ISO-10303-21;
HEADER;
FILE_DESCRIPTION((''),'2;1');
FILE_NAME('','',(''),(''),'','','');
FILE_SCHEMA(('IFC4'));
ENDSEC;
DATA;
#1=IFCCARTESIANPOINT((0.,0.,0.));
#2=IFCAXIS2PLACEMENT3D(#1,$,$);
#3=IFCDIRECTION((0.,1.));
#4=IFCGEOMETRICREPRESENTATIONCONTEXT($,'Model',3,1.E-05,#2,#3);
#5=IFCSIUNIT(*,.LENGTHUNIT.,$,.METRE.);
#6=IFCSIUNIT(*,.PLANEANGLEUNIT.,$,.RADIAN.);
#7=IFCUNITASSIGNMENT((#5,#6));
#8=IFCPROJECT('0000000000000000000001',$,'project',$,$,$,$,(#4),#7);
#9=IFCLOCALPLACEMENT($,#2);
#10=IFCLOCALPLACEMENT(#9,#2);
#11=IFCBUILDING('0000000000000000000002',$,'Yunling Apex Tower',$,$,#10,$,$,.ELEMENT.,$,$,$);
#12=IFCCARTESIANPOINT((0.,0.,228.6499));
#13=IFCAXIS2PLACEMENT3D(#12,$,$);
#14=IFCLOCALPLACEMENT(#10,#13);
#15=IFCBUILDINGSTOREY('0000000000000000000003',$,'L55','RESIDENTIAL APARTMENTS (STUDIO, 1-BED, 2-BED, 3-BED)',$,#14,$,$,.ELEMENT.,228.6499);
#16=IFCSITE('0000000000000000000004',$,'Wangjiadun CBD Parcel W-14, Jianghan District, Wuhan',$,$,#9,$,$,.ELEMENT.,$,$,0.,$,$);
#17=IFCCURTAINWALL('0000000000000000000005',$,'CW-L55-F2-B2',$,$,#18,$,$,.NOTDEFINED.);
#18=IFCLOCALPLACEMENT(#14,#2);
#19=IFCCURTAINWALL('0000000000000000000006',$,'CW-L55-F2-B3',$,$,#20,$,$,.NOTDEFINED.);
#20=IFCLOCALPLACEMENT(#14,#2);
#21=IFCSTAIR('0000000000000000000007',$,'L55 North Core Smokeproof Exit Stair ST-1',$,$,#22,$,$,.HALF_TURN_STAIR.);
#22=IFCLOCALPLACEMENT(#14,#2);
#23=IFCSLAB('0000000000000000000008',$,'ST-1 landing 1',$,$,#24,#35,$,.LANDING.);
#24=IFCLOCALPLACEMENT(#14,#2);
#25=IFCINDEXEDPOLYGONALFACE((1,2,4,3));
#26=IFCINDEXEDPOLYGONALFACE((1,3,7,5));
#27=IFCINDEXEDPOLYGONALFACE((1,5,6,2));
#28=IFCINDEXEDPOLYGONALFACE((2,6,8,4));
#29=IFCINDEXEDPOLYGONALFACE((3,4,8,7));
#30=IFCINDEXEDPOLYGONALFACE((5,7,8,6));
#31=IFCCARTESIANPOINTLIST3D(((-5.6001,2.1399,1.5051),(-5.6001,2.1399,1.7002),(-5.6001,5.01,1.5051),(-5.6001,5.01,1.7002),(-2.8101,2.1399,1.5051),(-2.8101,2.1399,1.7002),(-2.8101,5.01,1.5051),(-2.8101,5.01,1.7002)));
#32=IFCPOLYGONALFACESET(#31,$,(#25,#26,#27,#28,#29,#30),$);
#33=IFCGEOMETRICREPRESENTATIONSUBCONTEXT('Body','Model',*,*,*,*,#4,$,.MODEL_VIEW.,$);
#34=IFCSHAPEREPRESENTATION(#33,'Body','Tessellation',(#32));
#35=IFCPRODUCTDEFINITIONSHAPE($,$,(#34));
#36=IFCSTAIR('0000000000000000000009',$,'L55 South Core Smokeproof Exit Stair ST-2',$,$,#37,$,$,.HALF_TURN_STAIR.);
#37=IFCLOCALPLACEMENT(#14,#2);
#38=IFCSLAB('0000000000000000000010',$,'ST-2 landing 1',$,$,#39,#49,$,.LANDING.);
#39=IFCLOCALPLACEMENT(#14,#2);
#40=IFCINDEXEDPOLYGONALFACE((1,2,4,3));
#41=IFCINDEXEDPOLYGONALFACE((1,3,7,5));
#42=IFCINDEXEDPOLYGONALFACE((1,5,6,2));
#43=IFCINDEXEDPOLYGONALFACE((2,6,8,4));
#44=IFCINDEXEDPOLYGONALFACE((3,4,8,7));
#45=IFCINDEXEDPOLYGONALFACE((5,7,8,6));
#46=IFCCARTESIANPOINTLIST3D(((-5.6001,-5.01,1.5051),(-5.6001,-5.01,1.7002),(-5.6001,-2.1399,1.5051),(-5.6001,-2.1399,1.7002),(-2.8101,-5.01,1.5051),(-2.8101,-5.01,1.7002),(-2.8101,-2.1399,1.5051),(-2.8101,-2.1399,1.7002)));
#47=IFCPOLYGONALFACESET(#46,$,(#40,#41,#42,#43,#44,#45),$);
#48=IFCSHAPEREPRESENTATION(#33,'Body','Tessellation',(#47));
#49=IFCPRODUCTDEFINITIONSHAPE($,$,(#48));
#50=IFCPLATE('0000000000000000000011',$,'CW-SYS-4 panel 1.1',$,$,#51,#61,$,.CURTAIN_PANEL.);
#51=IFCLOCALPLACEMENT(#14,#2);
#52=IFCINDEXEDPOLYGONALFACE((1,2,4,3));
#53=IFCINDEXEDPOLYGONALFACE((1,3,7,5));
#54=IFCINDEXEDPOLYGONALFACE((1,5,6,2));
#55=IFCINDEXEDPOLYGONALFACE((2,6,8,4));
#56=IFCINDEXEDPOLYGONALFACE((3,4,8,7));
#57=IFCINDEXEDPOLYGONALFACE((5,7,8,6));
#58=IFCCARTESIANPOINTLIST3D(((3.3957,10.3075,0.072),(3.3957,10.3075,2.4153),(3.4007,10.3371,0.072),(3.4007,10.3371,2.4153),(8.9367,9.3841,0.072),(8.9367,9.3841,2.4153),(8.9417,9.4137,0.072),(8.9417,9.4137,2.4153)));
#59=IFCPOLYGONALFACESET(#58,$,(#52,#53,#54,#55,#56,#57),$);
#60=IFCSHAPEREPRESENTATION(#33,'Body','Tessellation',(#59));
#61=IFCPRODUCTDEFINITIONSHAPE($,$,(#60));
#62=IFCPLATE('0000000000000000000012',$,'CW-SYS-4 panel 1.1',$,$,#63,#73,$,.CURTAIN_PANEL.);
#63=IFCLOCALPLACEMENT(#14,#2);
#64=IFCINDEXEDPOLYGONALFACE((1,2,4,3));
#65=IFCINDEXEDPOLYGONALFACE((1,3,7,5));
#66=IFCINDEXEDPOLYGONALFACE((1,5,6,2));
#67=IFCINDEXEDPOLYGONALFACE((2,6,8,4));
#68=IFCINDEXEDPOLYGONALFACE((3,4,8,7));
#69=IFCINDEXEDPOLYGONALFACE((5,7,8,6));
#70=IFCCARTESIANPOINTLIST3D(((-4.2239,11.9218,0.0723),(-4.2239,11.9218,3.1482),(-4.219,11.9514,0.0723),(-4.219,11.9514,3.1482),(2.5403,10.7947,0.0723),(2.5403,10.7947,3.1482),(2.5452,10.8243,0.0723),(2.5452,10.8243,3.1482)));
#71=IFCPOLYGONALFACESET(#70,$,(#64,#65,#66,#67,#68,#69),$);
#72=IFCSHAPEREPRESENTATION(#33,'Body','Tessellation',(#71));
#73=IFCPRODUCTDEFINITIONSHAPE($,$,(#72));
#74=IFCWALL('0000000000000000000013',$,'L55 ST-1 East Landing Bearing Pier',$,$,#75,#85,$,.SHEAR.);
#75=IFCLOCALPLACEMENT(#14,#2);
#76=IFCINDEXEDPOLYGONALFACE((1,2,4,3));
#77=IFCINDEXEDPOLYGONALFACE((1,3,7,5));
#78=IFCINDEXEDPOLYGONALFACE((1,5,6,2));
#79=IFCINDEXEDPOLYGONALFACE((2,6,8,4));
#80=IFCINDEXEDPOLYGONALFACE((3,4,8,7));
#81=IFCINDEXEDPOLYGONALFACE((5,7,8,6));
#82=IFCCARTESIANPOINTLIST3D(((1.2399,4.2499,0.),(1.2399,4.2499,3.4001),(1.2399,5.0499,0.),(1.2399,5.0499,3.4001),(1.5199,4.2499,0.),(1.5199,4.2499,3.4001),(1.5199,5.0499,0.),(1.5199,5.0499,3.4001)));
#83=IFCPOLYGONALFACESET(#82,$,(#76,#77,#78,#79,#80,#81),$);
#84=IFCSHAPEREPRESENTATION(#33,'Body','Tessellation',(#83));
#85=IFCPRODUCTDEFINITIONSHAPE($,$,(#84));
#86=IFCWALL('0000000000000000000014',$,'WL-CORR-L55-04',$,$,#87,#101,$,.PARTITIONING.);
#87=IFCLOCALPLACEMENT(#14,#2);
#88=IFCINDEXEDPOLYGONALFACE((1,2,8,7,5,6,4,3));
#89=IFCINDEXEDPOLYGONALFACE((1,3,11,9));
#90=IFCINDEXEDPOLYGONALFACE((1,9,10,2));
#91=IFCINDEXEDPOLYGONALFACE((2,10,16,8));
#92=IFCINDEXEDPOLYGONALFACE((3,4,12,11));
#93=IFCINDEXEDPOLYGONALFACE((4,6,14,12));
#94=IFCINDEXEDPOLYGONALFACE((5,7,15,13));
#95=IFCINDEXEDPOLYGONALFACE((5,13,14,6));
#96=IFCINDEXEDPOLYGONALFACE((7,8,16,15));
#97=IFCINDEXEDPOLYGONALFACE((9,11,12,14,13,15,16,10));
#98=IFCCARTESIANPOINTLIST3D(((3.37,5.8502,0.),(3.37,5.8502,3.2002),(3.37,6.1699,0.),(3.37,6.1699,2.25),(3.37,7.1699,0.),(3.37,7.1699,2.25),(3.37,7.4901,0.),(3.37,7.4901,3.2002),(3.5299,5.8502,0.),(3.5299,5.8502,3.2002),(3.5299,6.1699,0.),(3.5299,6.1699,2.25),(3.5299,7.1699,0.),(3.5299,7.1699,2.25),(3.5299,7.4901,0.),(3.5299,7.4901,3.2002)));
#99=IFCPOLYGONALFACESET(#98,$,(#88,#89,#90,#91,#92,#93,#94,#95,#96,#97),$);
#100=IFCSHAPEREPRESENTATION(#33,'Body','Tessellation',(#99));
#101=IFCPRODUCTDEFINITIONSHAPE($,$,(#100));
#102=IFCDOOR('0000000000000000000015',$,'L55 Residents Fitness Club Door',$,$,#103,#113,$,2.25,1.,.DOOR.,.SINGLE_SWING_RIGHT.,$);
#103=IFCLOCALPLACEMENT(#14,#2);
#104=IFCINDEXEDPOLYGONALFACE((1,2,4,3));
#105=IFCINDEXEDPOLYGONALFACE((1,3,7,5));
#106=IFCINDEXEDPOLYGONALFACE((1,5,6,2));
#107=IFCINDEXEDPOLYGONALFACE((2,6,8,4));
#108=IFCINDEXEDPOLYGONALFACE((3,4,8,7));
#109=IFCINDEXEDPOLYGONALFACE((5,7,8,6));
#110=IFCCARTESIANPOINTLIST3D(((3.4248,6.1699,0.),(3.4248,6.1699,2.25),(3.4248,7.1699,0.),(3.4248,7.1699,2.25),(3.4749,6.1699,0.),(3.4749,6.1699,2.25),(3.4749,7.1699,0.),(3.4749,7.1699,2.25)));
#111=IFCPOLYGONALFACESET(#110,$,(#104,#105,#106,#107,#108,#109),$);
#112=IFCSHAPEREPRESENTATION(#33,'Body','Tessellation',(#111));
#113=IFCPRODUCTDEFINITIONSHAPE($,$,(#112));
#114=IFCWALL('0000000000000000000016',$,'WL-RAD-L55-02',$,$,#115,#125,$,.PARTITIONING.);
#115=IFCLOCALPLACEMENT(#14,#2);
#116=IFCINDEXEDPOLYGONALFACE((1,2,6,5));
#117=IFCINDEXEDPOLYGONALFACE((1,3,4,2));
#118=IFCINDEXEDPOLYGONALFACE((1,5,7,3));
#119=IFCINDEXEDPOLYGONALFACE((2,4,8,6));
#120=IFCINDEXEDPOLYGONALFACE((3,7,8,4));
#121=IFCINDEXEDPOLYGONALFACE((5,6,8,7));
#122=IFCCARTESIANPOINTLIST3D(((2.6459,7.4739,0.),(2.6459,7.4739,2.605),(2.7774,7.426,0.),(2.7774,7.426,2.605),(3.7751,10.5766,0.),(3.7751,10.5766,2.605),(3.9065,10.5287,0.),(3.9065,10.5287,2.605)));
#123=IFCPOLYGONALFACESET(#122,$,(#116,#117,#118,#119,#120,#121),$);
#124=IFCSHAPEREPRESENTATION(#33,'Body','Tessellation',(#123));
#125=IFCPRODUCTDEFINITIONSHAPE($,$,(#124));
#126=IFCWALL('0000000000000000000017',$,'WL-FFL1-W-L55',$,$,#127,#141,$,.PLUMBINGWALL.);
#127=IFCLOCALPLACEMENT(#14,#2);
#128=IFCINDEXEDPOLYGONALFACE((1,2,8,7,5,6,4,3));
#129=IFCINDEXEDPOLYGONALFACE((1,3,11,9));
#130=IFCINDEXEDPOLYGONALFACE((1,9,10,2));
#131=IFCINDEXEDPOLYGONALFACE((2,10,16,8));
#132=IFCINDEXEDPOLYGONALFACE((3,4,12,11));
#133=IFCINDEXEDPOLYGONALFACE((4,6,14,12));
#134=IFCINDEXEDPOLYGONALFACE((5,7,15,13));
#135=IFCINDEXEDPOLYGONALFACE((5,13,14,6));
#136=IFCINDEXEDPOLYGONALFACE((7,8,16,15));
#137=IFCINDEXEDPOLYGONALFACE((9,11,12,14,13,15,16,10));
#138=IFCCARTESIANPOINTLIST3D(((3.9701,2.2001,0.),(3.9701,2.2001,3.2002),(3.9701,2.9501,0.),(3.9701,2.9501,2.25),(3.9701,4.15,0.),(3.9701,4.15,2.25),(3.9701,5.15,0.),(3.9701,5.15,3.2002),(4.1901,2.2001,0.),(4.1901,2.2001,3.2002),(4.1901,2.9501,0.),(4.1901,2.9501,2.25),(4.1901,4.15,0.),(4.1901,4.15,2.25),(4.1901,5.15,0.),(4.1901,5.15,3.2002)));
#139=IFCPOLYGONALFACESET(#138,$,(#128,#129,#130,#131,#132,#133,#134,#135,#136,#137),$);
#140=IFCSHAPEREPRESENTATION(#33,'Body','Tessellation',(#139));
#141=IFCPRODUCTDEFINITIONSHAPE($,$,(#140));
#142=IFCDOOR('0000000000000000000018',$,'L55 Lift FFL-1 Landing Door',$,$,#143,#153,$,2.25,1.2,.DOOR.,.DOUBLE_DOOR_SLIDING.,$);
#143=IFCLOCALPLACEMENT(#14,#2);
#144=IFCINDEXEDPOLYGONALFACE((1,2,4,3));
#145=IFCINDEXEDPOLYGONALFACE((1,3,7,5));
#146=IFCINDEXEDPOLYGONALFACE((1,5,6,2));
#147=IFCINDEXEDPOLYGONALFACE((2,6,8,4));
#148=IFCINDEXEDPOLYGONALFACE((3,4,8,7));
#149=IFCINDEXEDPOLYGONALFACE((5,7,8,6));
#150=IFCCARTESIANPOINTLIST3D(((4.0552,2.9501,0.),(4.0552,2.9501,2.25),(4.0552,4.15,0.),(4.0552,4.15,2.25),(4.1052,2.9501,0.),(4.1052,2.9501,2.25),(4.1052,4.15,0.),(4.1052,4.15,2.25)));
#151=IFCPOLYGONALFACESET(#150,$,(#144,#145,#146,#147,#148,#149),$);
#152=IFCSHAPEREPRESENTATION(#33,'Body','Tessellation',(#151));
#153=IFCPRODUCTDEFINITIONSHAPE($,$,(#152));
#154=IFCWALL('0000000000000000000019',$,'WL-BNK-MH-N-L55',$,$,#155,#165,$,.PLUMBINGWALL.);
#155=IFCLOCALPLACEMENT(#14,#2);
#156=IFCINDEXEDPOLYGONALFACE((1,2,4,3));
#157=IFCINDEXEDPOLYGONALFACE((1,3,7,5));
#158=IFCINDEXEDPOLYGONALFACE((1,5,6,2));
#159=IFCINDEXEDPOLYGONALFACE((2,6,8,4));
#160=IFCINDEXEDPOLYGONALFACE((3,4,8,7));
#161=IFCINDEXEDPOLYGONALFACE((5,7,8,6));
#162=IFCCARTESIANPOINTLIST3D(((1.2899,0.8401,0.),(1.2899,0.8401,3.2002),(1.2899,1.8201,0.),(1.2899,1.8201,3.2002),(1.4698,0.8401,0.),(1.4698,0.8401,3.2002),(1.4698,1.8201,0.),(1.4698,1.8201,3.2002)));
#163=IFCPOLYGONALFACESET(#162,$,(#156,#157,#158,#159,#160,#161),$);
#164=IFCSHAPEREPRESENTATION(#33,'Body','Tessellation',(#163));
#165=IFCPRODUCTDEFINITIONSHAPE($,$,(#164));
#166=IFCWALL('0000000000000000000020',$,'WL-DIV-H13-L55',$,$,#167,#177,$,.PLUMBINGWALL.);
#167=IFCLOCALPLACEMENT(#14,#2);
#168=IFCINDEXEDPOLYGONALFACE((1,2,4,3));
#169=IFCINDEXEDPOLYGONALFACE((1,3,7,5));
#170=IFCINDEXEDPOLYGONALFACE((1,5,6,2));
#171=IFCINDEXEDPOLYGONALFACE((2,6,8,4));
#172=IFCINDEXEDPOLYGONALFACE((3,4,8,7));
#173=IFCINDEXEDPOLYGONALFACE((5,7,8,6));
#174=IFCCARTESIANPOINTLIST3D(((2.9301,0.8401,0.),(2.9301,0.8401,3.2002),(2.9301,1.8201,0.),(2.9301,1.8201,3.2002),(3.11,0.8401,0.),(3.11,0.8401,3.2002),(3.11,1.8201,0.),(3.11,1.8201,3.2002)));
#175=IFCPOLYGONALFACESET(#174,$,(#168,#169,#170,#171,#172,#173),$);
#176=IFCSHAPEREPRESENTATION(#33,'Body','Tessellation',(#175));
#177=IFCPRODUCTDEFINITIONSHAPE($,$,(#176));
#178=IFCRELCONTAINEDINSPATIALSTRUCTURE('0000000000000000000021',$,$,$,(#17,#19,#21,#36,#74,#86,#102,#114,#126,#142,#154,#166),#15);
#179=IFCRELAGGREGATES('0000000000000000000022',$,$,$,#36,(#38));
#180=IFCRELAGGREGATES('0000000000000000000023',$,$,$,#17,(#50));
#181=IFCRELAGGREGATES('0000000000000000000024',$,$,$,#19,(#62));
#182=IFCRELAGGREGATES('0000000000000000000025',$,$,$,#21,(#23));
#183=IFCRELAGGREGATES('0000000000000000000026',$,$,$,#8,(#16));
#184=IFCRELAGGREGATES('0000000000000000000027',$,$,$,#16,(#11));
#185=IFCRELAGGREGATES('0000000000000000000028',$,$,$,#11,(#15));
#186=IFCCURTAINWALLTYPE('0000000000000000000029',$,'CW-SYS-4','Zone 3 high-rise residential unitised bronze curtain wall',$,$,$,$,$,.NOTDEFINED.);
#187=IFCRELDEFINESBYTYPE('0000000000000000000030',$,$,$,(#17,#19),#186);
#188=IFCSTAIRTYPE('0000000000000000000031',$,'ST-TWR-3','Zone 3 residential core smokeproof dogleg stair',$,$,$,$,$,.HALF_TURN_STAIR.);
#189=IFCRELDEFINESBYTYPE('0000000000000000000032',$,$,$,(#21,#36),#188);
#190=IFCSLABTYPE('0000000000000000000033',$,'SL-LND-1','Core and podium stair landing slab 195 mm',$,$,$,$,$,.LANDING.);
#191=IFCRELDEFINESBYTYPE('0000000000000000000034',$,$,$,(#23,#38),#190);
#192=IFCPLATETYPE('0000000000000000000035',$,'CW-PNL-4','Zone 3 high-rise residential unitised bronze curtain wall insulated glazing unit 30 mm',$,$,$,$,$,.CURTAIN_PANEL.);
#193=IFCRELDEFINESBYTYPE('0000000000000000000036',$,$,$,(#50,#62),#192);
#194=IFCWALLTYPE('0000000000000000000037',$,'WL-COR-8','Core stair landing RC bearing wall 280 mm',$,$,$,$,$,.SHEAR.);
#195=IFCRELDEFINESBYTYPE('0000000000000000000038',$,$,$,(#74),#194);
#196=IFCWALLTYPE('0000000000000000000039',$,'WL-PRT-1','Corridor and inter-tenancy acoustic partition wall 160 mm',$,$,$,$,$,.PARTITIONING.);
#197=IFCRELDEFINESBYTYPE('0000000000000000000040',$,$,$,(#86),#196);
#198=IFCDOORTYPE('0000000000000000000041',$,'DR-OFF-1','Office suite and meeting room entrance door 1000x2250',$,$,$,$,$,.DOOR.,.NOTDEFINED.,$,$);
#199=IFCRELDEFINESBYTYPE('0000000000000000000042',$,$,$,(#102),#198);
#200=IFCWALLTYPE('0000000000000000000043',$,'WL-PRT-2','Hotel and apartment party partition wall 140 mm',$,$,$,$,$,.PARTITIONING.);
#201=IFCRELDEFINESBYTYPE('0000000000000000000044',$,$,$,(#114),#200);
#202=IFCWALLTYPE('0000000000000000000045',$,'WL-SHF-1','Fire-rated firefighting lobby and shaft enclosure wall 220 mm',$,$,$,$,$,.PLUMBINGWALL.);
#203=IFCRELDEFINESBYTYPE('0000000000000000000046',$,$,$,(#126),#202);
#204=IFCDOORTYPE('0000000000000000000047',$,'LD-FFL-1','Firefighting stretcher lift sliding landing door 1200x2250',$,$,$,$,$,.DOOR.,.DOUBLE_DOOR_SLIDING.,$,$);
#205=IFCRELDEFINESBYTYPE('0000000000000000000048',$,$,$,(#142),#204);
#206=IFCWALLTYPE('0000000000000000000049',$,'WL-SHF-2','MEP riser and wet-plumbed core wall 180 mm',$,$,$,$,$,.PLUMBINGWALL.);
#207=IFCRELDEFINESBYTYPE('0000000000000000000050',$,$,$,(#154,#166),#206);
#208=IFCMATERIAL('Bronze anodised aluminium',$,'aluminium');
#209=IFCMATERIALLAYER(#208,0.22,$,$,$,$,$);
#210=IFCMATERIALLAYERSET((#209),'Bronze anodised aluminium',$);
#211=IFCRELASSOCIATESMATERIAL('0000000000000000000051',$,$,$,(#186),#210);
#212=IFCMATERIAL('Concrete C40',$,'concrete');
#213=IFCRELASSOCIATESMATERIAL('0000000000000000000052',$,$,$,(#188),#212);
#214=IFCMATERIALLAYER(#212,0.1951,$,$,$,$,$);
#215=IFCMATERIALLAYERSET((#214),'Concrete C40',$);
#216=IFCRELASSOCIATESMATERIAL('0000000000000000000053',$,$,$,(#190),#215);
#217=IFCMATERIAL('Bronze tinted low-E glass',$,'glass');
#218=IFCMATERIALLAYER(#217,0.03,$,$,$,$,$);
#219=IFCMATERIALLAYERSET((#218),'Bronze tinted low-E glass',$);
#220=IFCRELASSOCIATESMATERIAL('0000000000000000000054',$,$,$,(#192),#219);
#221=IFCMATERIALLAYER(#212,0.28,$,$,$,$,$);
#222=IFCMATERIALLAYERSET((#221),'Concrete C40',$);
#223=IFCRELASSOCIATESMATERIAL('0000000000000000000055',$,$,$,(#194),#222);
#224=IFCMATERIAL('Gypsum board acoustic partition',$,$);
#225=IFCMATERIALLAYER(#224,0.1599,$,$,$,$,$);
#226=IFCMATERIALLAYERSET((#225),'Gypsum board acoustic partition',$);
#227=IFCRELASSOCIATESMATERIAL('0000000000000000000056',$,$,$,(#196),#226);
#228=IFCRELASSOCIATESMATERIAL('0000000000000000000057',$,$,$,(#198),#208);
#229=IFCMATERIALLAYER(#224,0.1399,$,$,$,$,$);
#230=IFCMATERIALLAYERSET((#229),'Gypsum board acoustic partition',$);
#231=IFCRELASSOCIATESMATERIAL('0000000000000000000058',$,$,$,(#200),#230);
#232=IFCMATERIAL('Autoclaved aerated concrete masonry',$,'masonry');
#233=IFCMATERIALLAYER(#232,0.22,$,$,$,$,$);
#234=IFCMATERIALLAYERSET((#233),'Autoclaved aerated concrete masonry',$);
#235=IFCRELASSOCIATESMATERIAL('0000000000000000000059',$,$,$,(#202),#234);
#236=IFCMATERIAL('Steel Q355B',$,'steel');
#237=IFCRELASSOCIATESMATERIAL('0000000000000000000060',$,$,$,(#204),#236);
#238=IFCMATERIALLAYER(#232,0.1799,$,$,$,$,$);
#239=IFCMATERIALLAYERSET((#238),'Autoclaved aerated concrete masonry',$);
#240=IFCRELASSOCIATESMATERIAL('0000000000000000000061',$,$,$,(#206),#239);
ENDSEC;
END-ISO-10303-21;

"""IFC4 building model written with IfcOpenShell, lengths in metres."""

from ifc_helpers import new_model, si_unit, direction, frame, frame_2d, origin, origin_2d, place, context, subcontext, project, spatial, polyline, rectangle, outline, extrude, source, transform, mapped, material, layer, layer_set, type_object, element, fill, aggregate, save


model = new_model("IFC4")

# Units and contexts
model_context = context("Model", 3, precision=1e-05, world=origin(), true_north=direction((0.0, 1.0)))
body_context = subcontext(model_context, "Body", "Model", "MODEL_VIEW")
ifc_project = project(units=[si_unit("LENGTHUNIT", "METRE"), si_unit("PLANEANGLEUNIT", "RADIAN")], contexts=[model_context])

# Site, building, storey
site_placement = place(None, origin())
site = spatial("IfcSite", under=ifc_project, at=site_placement, Name="Wangjiadun CBD Parcel W-14, Jianghan District, Wuhan", CompositionType="ELEMENT", RefElevation=0.0)
building_placement = place(site_placement, origin())
building = spatial("IfcBuilding", under=site, at=building_placement, Name="Yunling Apex Tower", CompositionType="ELEMENT")
storey_placement = place(building_placement, frame((0.0, 0.0, 228.6499)))
storey = spatial("IfcBuildingStorey", under=building, at=storey_placement, Name="L55", Description="RESIDENTIAL APARTMENTS (STUDIO, 1-BED, 2-BED, 3-BED)", CompositionType="ELEMENT", Elevation=228.6499)

# Shared definitions
ifc_material_1 = material(Name="Steel Q355B", Category="steel")

# Curtain wall
ifc_material_2 = material(Name="Bronze anodised aluminium", Category="aluminium")
ifc_layer_1 = layer(ifc_material_2, 0.22)
ifc_layer_set_1 = layer_set([ifc_layer_1], Name="Bronze anodised aluminium")
curtain_wall_type = type_object("IfcCurtainWallType", Name="CW-SYS-4", Description="Zone 3 high-rise residential unitised bronze curtain wall", PredefinedType="NOTDEFINED", material=ifc_layer_set_1)
curtain_wall_1_placement = place(storey_placement, origin())
curtain_wall_1 = element("IfcCurtainWall", 1, at=curtain_wall_1_placement, inside=storey, type_object=curtain_wall_type, Name="CW-L55-F2-B2", PredefinedType="NOTDEFINED")

# Curtain wall
curtain_wall_2_placement = place(storey_placement, origin())
curtain_wall_2 = element("IfcCurtainWall", 2, at=curtain_wall_2_placement, inside=storey, type_object=curtain_wall_type, Name="CW-L55-F2-B3", PredefinedType="NOTDEFINED")

# Shared definitions
ifc_material_3 = material(Name="Concrete C40", Category="concrete")

# Stairs, slabs
stair_type = type_object("IfcStairType", Name="ST-TWR-3", Description="Zone 3 residential core smokeproof dogleg stair", PredefinedType="HALF_TURN_STAIR", material=ifc_material_3)
stair_1_placement = place(storey_placement, origin())
stair_1 = element("IfcStair", 3, at=stair_1_placement, inside=storey, type_object=stair_type, Name="L55 North Core Smokeproof Exit Stair ST-1", PredefinedType="HALF_TURN_STAIR")
ifc_layer_2 = layer(ifc_material_3, 0.1951)
ifc_layer_set_2 = layer_set([ifc_layer_2], Name="Concrete C40")
slab_type_1 = type_object("IfcSlabType", Name="SL-LND-1", Description="Core and podium stair landing slab 195 mm", PredefinedType="LANDING", material=ifc_layer_set_2)
slab_1_placement = place(storey_placement, frame((0.0, 0.0, 1.5051)))
slab_1 = element("IfcSlab", 4, at=slab_1_placement, type_object=slab_type_1, Name="ST-1 landing 1", PredefinedType="LANDING", context=body_context, shape_type="SweptSolid", body=[
    extrude(outline(polyline([(-2.8101, 5.01), (-5.6001, 5.01), (-5.6001, 2.1399), (-2.8101, 2.1399), (-2.8101, 5.01)])), origin(), (0.0, 0.0, 1.0), 0.1951),
])
stair_2_placement = place(storey_placement, origin())
stair_2 = element("IfcStair", 5, at=stair_2_placement, inside=storey, type_object=stair_type, Name="L55 South Core Smokeproof Exit Stair ST-2", PredefinedType="HALF_TURN_STAIR")
slab_2_placement = place(storey_placement, frame((0.0, 0.0, 1.5051)))
slab_2 = element("IfcSlab", 6, at=slab_2_placement, type_object=slab_type_1, Name="ST-2 landing 1", PredefinedType="LANDING", context=body_context, shape_type="SweptSolid", body=[
    extrude(outline(polyline([(-2.8101, -2.1399), (-5.6001, -2.1399), (-5.6001, -5.01), (-2.8101, -5.01), (-2.8101, -2.1399)])), origin(), (0.0, 0.0, 1.0), 0.1951),
])
aggregate(stair_2, [slab_2])

# Plates
ifc_material_4 = material(Name="Bronze tinted low-E glass", Category="glass")
ifc_layer_3 = layer(ifc_material_4, 0.03)
ifc_layer_set_3 = layer_set([ifc_layer_3], Name="Bronze tinted low-E glass")
plate_type = type_object("IfcPlateType", Name="CW-PNL-4", Description="Zone 3 high-rise residential unitised bronze curtain wall insulated glazing unit 30 mm", PredefinedType="CURTAIN_PANEL", material=ifc_layer_set_3)
shared_shape_1 = source(origin(), body_context, "Body", "SweptSolid", [
    extrude(rectangle(XDim=5.6174, YDim=0.03, at=origin_2d()), origin(), (0.0, 0.0, 1.0), 2.3433),
])
plate_1_placement = place(storey_placement, frame((6.1687, 9.8606, 0.072), z_axis=(0.0, 0.0, 1.0), x_axis=(-0.986399, 0.164371, 0.0)))
plate_1 = element("IfcPlate", 7, at=plate_1_placement, type_object=plate_type, Name="CW-SYS-4 panel 1.1", PredefinedType="CURTAIN_PANEL", context=body_context, shape_type="MappedRepresentation", body=[
    mapped(shared_shape_1, transform((0.0, 0.0, 0.0), scale=1.0)),
])
aggregate(curtain_wall_1, [plate_1])
shared_shape_2 = source(origin(), body_context, "Body", "SweptSolid", [
    extrude(rectangle(XDim=6.8574, YDim=0.03, at=origin_2d()), origin(), (0.0, 0.0, 1.0), 3.0759),
])
plate_2_placement = place(storey_placement, frame((-0.8394, 11.373, 0.0723), z_axis=(0.0, 0.0, 1.0), x_axis=(-0.986402, 0.164353, 0.0)))
plate_2 = element("IfcPlate", 8, at=plate_2_placement, type_object=plate_type, Name="CW-SYS-4 panel 1.1", PredefinedType="CURTAIN_PANEL", context=body_context, shape_type="MappedRepresentation", body=[
    mapped(shared_shape_2, transform((0.0, 0.0, 0.0), scale=1.0)),
])
aggregate(curtain_wall_2, [plate_2])

# Wall
ifc_layer_4 = layer(ifc_material_3, 0.28)
ifc_layer_set_4 = layer_set([ifc_layer_4], Name="Concrete C40")
wall_type_1 = type_object("IfcWallType", Name="WL-COR-8", Description="Core stair landing RC bearing wall 280 mm", PredefinedType="SHEAR", material=ifc_layer_set_4)
wall_1_placement = place(storey_placement, frame((1.3799, 4.25, 0.0), z_axis=(0.0, 0.0, 1.0), x_axis=(0.0, 1.0, 0.0)))
element("IfcWall", 9, at=wall_1_placement, inside=storey, type_object=wall_type_1, Name="L55 ST-1 East Landing Bearing Pier", PredefinedType="SHEAR", context=body_context, shape_type="SweptSolid", body=[
    extrude(rectangle(XDim=0.8, YDim=0.28, at=frame_2d((0.3999, 0.0))), origin(), (0.0, 0.0, 1.0), 3.4001),
])

# Wall, opening, door
ifc_material_5 = material(Name="Gypsum board acoustic partition")
ifc_layer_5 = layer(ifc_material_5, 0.1599)
ifc_layer_set_5 = layer_set([ifc_layer_5], Name="Gypsum board acoustic partition")
wall_type_2 = type_object("IfcWallType", Name="WL-PRT-1", Description="Corridor and inter-tenancy acoustic partition wall 160 mm", PredefinedType="PARTITIONING", material=ifc_layer_set_5)
wall_2_placement = place(storey_placement, frame((3.45, 7.49, 0.0), z_axis=(0.0, 0.0, 1.0), x_axis=(0.0, -1.0, 0.0)))
wall_2 = element("IfcWall", 10, at=wall_2_placement, inside=storey, type_object=wall_type_2, Name="WL-CORR-L55-04", PredefinedType="PARTITIONING", context=body_context, shape_type="SweptSolid", body=[
    extrude(rectangle(XDim=1.6399, YDim=0.1599, at=frame_2d((0.8198, 0.0))), origin(), (0.0, 0.0, 1.0), 3.2002),
])
opening_1_placement = place(wall_2_placement, frame((0.3201, 0.0, 0.0)))
opening_1 = element("IfcOpeningElement", 11, at=opening_1_placement, cuts=wall_2, PredefinedType="OPENING", context=body_context, shape_type="SweptSolid", body=[
    extrude(rectangle(XDim=1.0, YDim=2.25, at=frame_2d((0.5, 1.125))), frame((0.0, 0.0898, 0.0), z_axis=(0.0, -1.0, 0.0), x_axis=(1.0, 0.0, 0.0)), (0.0, 0.0, 1.0), 0.1799),
])
door_type_1 = type_object("IfcDoorType", Name="DR-OFF-1", Description="Office suite and meeting room entrance door 1000x2250", OperationType="NOTDEFINED", PredefinedType="DOOR", material=ifc_material_2)
door_1_placement = place(opening_1_placement, origin())
door_1 = element("IfcDoor", 12, at=door_1_placement, inside=storey, type_object=door_type_1, Name="L55 Residents Fitness Club Door", OperationType="SINGLE_SWING_RIGHT", OverallHeight=2.25, OverallWidth=1.0, PredefinedType="DOOR", context=body_context, shape_type="SweptSolid", body=[
    extrude(rectangle(XDim=1.0, YDim=2.25, at=frame_2d((0.5, 1.125))), frame((0.0, 0.0249, 0.0), z_axis=(0.0, -1.0, 0.0), x_axis=(1.0, 0.0, 0.0)), (0.0, 0.0, 1.0), 0.05),
])
fill(opening_1, door_1)

# Wall
ifc_layer_6 = layer(ifc_material_5, 0.1399)
ifc_layer_set_6 = layer_set([ifc_layer_6], Name="Gypsum board acoustic partition")
wall_type_3 = type_object("IfcWallType", Name="WL-PRT-2", Description="Hotel and apartment party partition wall 140 mm", PredefinedType="PARTITIONING", material=ifc_layer_set_6)
wall_3_placement = place(storey_placement, frame((2.7117, 7.45, 0.0), z_axis=(0.0, 0.0, 1.0), x_axis=(0.341975, 0.939709, 0.0)))
element("IfcWall", 13, at=wall_3_placement, inside=storey, type_object=wall_type_3, Name="WL-RAD-L55-02", PredefinedType="PARTITIONING", context=body_context, shape_type="SweptSolid", body=[
    extrude(rectangle(XDim=3.3018, YDim=0.1399, at=frame_2d((1.6509, 0.0))), origin(), (0.0, 0.0, 1.0), 2.605),
])

# Wall, opening, door
ifc_material_6 = material(Name="Autoclaved aerated concrete masonry", Category="masonry")
ifc_layer_7 = layer(ifc_material_6, 0.22)
ifc_layer_set_7 = layer_set([ifc_layer_7], Name="Autoclaved aerated concrete masonry")
wall_type_4 = type_object("IfcWallType", Name="WL-SHF-1", Description="Fire-rated firefighting lobby and shaft enclosure wall 220 mm", PredefinedType="PLUMBINGWALL", material=ifc_layer_set_7)
wall_4_placement = place(storey_placement, frame((4.0801, 2.2, 0.0), z_axis=(0.0, 0.0, 1.0), x_axis=(0.0, 1.0, 0.0)))
wall_4 = element("IfcWall", 14, at=wall_4_placement, inside=storey, type_object=wall_type_4, Name="WL-FFL1-W-L55", PredefinedType="PLUMBINGWALL", context=body_context, shape_type="SweptSolid", body=[
    extrude(rectangle(XDim=2.95, YDim=0.22, at=frame_2d((1.4751, 0.0))), origin(), (0.0, 0.0, 1.0), 3.2002),
])
opening_2_placement = place(wall_4_placement, frame((0.75, 0.0, 0.0)))
opening_2 = element("IfcOpeningElement", 15, at=opening_2_placement, cuts=wall_4, PredefinedType="OPENING", context=body_context, shape_type="SweptSolid", body=[
    extrude(rectangle(XDim=1.2, YDim=2.25, at=frame_2d((0.6001, 1.125))), frame((0.0, 0.1201, 0.0), z_axis=(0.0, -1.0, 0.0), x_axis=(1.0, 0.0, 0.0)), (0.0, 0.0, 1.0), 0.24),
])
door_type_2 = type_object("IfcDoorType", Name="LD-FFL-1", Description="Firefighting stretcher lift sliding landing door 1200x2250", OperationType="DOUBLE_DOOR_SLIDING", PredefinedType="DOOR", material=ifc_material_1)
door_2_placement = place(opening_2_placement, origin())
door_2 = element("IfcDoor", 16, at=door_2_placement, inside=storey, type_object=door_type_2, Name="L55 Lift FFL-1 Landing Door", OperationType="DOUBLE_DOOR_SLIDING", OverallHeight=2.25, OverallWidth=1.2, PredefinedType="DOOR", context=body_context, shape_type="SweptSolid", body=[
    extrude(rectangle(XDim=1.2, YDim=2.25, at=frame_2d((0.6001, 1.125))), frame((0.0, 0.0249, 0.0), z_axis=(0.0, -1.0, 0.0), x_axis=(1.0, 0.0, 0.0)), (0.0, 0.0, 1.0), 0.05),
])
fill(opening_2, door_2)

# Walls
ifc_layer_8 = layer(ifc_material_6, 0.1799)
ifc_layer_set_8 = layer_set([ifc_layer_8], Name="Autoclaved aerated concrete masonry")
wall_type_5 = type_object("IfcWallType", Name="WL-SHF-2", Description="MEP riser and wet-plumbed core wall 180 mm", PredefinedType="PLUMBINGWALL", material=ifc_layer_set_8)
for number, where, z_axis, x_axis, name in (
    (17, (1.3799, 0.8401, 0.0), (0.0, 0.0, 1.0), (0.0, 1.0, 0.0), "WL-BNK-MH-N-L55"),
    (18, (3.02, 0.8401, 0.0), (0.0, 0.0, 1.0), (0.0, 1.0, 0.0), "WL-DIV-H13-L55"),
):
    element("IfcWall", number, at=place(storey_placement, frame(where, z_axis=z_axis, x_axis=x_axis)), inside=storey, type_object=wall_type_5, Name=name, PredefinedType="PLUMBINGWALL", context=body_context, shape_type="SweptSolid", body=[
        extrude(rectangle(XDim=0.98, YDim=0.1799, at=frame_2d((0.49, 0.0))), origin(), (0.0, 0.0, 1.0), 3.2002),
    ])

aggregate(stair_1, [slab_1])

save(model, "model.ifc")
